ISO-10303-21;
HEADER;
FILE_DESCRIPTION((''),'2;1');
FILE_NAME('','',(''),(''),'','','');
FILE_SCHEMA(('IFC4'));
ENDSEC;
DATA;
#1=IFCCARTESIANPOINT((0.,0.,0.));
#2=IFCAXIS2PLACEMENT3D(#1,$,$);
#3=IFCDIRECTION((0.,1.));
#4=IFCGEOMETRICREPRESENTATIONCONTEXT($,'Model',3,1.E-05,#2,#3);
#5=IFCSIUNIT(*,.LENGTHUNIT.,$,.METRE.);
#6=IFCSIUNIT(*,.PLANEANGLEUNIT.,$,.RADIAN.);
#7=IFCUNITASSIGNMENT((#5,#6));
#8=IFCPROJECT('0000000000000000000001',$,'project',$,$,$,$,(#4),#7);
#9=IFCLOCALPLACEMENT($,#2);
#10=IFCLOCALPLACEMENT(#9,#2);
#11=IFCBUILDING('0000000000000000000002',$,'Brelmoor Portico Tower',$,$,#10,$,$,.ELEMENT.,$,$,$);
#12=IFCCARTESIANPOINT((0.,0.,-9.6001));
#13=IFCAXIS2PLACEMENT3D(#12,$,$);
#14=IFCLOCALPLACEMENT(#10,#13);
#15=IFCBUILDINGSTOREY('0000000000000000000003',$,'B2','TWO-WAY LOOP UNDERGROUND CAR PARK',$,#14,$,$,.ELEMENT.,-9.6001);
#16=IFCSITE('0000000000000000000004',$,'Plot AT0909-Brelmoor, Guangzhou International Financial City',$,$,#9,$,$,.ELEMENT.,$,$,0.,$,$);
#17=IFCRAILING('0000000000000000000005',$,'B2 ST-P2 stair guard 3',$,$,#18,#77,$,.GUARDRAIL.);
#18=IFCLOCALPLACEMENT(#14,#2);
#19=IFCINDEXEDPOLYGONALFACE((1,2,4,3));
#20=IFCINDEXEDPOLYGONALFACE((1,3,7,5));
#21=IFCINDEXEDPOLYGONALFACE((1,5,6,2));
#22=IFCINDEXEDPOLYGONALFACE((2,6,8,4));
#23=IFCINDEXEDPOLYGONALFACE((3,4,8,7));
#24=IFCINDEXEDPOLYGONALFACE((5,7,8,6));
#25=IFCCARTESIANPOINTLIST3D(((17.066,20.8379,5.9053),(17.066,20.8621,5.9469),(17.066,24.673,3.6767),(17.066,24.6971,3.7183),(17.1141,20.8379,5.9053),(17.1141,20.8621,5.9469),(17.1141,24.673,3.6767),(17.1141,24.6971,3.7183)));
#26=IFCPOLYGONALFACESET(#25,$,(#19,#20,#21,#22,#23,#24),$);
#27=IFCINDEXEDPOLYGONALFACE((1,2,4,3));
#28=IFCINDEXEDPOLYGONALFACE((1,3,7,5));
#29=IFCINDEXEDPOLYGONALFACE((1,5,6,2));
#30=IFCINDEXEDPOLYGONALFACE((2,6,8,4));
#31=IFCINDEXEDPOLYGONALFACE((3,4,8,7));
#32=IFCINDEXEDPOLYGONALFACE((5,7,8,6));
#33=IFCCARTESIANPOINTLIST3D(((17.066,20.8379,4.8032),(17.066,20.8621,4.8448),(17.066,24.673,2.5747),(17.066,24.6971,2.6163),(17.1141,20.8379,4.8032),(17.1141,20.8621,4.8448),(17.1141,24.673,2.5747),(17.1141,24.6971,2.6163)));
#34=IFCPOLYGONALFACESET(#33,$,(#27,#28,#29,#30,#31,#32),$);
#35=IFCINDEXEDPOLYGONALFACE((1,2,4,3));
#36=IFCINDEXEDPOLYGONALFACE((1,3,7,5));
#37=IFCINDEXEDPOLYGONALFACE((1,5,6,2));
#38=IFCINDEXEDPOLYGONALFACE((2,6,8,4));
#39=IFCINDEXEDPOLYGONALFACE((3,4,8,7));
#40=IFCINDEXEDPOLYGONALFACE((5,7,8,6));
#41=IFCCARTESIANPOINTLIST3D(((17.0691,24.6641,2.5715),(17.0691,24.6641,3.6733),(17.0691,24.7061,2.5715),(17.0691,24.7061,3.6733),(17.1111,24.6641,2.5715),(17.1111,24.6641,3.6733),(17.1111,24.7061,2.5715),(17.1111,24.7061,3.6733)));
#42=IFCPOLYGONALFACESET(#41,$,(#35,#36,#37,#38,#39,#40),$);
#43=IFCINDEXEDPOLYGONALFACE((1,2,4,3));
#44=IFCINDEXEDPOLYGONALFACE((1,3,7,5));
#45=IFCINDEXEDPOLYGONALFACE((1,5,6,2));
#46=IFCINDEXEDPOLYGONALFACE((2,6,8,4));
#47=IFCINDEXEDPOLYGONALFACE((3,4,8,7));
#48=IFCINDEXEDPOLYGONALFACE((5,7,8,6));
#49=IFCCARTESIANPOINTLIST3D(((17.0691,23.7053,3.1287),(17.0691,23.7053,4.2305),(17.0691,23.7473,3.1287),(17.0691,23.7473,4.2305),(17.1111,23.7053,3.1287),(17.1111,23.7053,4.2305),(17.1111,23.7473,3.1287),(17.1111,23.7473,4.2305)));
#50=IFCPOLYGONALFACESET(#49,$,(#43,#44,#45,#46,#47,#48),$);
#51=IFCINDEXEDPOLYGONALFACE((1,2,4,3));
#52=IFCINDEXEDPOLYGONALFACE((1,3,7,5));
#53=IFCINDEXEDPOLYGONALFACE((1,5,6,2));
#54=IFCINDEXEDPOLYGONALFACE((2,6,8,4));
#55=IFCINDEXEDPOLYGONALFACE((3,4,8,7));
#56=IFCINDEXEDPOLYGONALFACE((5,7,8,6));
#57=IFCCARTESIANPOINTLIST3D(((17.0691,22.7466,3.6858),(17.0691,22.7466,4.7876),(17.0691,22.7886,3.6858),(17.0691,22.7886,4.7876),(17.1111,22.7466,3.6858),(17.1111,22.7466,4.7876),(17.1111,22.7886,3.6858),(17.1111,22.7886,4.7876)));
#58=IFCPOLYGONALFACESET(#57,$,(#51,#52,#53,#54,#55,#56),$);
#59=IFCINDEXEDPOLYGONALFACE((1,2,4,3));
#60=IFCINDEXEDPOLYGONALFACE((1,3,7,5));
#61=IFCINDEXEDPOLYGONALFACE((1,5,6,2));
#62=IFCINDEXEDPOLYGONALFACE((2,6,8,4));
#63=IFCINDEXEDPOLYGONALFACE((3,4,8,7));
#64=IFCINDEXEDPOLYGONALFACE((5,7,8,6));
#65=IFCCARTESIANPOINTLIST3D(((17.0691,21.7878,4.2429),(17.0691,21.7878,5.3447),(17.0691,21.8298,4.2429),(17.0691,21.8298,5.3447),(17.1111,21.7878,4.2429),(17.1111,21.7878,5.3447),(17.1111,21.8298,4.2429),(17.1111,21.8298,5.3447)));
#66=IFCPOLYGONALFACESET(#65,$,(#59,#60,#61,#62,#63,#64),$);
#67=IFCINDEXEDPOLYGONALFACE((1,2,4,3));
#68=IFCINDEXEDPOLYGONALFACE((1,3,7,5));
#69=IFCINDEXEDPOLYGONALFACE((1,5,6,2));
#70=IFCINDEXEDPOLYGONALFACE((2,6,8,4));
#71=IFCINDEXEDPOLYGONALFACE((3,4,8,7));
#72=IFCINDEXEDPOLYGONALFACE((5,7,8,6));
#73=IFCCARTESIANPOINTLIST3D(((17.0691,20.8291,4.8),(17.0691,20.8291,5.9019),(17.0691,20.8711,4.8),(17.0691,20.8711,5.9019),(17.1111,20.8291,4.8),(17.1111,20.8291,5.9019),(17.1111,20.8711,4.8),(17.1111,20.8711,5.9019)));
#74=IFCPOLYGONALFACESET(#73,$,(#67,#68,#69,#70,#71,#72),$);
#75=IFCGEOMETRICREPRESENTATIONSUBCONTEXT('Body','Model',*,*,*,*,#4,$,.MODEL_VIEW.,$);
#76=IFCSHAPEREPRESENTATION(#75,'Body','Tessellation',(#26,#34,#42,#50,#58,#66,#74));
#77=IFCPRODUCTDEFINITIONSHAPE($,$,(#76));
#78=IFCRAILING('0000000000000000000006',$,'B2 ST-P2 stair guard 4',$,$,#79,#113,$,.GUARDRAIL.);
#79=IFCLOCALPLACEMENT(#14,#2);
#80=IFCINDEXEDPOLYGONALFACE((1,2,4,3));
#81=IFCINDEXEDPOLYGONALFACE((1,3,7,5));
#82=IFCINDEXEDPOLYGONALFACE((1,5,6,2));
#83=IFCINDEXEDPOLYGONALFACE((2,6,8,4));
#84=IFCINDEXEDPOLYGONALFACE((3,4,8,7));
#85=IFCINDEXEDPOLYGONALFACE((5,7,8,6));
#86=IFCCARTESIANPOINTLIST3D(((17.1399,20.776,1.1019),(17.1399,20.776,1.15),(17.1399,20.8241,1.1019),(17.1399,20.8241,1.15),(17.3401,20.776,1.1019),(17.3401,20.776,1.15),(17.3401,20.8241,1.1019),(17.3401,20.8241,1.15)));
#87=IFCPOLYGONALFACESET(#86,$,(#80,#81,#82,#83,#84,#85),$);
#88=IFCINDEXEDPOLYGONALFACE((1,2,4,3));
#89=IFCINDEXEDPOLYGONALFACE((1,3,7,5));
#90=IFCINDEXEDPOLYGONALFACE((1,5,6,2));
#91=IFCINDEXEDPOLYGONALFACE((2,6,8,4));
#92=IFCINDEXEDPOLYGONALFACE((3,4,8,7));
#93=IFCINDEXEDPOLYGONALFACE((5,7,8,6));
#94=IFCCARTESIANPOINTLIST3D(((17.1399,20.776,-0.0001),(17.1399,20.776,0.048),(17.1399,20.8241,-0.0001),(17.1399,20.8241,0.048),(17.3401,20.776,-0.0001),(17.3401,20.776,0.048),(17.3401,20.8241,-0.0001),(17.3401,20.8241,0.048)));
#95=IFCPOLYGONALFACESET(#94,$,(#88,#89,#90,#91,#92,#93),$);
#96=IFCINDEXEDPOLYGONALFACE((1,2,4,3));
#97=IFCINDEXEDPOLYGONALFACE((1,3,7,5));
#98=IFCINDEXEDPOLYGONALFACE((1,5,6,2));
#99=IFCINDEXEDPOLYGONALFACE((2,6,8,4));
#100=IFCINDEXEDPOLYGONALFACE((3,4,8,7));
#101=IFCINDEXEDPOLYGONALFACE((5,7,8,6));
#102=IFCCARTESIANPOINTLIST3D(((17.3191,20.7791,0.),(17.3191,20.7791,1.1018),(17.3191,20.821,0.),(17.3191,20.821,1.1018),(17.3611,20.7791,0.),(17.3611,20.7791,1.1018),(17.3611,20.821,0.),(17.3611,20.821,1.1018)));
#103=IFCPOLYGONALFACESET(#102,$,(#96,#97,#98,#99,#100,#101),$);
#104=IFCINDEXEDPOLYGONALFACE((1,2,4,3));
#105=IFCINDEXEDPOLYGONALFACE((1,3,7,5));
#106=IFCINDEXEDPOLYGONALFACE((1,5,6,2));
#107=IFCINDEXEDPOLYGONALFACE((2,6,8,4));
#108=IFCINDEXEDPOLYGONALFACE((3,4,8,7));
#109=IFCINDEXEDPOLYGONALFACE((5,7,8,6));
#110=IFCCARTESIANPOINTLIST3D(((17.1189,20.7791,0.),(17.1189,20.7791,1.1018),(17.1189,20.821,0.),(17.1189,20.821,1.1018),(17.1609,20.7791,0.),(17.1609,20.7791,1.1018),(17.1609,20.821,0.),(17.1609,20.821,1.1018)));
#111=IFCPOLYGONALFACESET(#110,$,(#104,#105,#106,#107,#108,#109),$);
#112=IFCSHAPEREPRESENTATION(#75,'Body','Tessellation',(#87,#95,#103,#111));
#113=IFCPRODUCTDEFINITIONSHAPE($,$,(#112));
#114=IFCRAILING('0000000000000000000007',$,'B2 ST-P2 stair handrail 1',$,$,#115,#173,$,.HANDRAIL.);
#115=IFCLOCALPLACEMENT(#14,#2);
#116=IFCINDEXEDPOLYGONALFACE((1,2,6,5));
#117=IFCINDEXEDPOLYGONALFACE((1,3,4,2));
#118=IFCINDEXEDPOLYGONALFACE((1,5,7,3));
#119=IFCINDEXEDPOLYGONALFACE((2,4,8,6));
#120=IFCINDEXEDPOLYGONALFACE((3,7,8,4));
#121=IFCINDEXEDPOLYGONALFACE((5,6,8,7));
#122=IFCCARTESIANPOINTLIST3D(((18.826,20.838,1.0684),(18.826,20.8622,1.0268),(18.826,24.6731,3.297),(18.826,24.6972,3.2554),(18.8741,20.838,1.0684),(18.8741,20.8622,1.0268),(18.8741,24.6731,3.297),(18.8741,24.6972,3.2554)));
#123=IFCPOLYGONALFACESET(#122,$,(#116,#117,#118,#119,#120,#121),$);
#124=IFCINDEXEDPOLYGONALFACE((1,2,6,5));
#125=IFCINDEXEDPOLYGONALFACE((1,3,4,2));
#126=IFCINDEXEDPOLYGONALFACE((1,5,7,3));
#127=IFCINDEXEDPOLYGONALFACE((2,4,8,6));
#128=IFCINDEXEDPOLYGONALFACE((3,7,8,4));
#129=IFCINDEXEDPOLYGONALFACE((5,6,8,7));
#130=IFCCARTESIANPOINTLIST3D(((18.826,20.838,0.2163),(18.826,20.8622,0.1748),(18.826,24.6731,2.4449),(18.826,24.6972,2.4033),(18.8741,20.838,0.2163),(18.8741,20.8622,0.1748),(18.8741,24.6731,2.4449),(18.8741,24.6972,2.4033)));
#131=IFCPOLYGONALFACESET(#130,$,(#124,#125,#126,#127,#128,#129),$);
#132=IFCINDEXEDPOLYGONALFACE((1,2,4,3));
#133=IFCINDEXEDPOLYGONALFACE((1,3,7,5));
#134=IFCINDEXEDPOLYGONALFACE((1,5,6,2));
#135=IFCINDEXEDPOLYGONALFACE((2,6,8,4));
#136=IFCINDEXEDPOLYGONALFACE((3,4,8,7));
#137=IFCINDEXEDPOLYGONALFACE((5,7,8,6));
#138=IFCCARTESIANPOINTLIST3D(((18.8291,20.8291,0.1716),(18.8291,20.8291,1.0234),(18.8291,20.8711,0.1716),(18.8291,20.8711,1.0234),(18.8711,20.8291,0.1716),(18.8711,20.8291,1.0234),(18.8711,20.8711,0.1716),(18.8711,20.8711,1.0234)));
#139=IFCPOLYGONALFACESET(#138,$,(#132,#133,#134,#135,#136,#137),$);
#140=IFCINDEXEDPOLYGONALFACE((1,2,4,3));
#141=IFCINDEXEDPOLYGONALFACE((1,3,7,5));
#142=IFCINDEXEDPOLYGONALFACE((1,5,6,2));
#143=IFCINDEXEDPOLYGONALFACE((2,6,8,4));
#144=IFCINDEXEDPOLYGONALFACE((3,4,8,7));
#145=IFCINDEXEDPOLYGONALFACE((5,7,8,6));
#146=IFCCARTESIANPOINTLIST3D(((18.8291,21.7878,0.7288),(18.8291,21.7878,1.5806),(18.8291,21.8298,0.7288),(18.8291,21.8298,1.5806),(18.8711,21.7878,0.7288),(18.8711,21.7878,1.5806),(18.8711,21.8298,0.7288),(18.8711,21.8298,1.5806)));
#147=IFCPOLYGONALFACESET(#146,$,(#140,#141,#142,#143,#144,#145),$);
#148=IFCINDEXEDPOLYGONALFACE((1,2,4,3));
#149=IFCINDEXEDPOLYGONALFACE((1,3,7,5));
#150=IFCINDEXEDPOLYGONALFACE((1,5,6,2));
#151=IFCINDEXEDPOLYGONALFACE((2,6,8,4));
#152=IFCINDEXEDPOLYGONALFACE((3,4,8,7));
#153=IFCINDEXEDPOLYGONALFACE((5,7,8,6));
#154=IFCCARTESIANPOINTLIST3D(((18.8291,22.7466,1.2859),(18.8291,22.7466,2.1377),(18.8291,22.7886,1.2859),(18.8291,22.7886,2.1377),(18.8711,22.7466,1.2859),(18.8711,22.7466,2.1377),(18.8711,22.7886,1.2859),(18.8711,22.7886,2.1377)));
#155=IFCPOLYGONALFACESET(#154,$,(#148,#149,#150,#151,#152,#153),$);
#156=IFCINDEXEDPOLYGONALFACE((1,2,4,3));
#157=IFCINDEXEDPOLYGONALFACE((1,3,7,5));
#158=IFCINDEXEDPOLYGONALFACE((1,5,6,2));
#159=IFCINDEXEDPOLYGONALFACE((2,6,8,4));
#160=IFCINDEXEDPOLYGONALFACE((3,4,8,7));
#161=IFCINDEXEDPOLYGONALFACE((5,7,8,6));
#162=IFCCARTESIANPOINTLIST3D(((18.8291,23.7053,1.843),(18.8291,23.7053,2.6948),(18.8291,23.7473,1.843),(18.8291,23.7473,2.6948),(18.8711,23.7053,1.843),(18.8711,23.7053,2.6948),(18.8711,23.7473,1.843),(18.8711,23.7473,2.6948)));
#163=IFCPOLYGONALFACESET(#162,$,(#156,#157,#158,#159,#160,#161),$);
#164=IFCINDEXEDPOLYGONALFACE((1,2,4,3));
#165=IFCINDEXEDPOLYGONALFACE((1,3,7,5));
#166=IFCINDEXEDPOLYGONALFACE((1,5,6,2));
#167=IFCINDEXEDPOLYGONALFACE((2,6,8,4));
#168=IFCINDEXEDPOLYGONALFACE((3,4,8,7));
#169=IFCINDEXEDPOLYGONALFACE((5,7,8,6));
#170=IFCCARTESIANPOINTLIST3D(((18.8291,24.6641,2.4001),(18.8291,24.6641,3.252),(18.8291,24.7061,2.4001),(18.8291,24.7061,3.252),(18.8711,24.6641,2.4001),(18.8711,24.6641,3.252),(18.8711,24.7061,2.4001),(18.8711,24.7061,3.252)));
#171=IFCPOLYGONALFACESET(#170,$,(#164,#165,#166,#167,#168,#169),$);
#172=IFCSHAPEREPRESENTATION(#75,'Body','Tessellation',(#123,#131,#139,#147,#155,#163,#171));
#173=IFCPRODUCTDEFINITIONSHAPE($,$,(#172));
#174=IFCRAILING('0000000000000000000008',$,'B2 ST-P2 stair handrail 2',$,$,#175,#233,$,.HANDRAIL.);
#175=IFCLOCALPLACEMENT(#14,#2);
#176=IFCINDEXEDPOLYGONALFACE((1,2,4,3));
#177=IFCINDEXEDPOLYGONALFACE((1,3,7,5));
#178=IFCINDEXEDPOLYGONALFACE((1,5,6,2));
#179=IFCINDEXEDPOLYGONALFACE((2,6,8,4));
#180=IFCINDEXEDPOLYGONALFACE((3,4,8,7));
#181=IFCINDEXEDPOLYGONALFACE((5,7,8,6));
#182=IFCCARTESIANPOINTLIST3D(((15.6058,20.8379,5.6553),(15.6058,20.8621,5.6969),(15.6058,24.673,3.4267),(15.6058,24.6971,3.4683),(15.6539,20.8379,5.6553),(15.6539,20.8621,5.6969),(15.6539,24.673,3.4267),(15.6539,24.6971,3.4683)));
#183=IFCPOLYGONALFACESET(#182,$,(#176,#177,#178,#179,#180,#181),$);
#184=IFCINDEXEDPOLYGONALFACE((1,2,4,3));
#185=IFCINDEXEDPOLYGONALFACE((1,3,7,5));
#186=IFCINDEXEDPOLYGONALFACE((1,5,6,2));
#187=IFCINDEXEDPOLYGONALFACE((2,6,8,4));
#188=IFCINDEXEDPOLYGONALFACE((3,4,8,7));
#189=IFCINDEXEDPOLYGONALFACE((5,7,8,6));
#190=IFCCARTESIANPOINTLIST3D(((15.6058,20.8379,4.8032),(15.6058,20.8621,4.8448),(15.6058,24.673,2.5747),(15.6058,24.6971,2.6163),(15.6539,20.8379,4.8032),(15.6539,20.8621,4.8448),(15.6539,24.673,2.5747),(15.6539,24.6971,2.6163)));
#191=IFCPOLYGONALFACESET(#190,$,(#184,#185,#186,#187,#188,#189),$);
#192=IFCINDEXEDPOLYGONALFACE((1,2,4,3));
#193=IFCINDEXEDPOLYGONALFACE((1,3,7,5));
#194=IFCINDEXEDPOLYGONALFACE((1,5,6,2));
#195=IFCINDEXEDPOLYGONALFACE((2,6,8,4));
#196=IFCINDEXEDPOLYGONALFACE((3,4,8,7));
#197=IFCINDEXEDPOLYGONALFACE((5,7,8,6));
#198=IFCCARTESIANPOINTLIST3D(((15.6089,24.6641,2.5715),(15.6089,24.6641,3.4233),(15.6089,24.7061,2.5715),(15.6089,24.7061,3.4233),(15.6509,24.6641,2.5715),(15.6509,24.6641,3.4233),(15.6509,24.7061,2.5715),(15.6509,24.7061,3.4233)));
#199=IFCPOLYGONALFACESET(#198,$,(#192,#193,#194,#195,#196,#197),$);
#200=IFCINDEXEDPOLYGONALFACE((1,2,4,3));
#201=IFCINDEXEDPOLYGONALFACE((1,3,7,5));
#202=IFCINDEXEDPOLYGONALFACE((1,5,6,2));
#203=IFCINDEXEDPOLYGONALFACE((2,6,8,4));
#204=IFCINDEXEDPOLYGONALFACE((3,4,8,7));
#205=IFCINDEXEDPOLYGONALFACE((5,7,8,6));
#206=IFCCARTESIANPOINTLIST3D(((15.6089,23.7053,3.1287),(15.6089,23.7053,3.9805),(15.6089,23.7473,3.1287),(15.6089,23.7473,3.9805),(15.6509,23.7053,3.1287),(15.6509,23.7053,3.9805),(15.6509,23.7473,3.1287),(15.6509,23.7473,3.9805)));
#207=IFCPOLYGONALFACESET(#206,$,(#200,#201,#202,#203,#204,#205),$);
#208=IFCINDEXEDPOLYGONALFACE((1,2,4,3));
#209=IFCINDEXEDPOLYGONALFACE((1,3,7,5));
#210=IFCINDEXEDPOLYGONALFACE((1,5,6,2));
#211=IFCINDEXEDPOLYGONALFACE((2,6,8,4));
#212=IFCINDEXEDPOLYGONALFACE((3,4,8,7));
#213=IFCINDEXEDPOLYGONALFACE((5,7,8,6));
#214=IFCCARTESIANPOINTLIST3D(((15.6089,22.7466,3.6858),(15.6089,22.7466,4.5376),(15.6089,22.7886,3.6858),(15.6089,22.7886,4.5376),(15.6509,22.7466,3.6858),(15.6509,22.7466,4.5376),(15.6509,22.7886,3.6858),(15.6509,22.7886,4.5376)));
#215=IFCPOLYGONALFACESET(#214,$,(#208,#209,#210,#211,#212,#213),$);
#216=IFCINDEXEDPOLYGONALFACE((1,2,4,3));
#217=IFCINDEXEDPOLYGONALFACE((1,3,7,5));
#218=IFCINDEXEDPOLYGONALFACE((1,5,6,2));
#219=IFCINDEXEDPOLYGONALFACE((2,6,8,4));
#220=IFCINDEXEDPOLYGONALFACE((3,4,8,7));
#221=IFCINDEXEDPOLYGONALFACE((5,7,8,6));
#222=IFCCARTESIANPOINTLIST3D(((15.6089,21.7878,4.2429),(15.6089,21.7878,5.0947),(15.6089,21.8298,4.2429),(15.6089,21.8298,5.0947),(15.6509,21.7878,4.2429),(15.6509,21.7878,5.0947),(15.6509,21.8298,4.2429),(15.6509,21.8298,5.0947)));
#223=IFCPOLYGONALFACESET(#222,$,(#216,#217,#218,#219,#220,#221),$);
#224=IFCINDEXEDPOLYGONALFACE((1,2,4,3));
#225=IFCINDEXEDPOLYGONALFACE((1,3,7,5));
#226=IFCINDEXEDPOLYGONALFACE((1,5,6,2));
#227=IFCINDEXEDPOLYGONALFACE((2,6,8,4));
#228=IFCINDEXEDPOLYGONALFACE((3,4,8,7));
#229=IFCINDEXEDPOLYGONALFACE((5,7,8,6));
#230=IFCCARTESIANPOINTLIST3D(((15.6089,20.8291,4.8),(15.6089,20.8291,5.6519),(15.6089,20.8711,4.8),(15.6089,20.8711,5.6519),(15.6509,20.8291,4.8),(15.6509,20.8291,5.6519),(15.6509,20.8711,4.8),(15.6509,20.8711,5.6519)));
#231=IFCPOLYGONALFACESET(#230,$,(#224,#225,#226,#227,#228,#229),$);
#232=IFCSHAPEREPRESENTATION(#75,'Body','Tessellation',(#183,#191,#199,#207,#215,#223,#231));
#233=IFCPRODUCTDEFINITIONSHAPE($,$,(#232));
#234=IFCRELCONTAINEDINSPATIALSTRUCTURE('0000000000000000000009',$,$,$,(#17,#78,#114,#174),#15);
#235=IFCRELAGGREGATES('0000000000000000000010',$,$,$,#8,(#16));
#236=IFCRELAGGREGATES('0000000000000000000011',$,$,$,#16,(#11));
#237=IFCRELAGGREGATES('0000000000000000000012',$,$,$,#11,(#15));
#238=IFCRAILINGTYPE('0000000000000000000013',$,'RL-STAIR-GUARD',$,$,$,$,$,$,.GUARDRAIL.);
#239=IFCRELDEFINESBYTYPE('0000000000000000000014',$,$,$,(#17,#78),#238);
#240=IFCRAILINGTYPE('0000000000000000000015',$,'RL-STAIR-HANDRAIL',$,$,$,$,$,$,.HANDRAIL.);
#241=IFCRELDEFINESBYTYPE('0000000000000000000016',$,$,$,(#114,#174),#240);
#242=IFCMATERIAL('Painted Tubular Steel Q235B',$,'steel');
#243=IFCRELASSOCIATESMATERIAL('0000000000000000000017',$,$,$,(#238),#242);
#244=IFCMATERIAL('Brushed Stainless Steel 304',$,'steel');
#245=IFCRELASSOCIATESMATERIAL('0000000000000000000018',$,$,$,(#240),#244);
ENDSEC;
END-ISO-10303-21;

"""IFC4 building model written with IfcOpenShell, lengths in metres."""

from ifc_helpers import new_model, si_unit, direction, frame, origin, origin_2d, place, context, subcontext, project, spatial, rectangle, extrude, material, type_object, element, save


model = new_model("IFC4")

# Units and contexts
model_context = context("Model", 3, precision=1e-05, world=origin(), true_north=direction((0.0, 1.0)))
body_context = subcontext(model_context, "Body", "Model", "MODEL_VIEW")
ifc_project = project(units=[si_unit("LENGTHUNIT", "METRE"), si_unit("PLANEANGLEUNIT", "RADIAN")], contexts=[model_context])

# Site, building, storey
site_placement = place(None, origin())
site = spatial("IfcSite", under=ifc_project, at=site_placement, Name="Plot AT0909-Brelmoor, Guangzhou International Financial City", CompositionType="ELEMENT", RefElevation=0.0)
building_placement = place(site_placement, origin())
building = spatial("IfcBuilding", under=site, at=building_placement, Name="Brelmoor Portico Tower", CompositionType="ELEMENT")
storey_placement = place(building_placement, frame((0.0, 0.0, -9.6001)))
storey = spatial("IfcBuildingStorey", under=building, at=storey_placement, Name="B2", Description="TWO-WAY LOOP UNDERGROUND CAR PARK", CompositionType="ELEMENT", Elevation=-9.6001)

# Railings
ifc_material_1 = material(Name="Painted Tubular Steel Q235B", Category="steel")
railing_type_1 = type_object("IfcRailingType", Name="RL-STAIR-GUARD", PredefinedType="GUARDRAIL", material=ifc_material_1)
railing_1_placement = place(storey_placement, frame((17.0901, 24.6851, 2.5715)))
element("IfcRailing", 1, at=railing_1_placement, inside=storey, type_object=railing_type_1, Name="B2 ST-P2 stair guard 3", PredefinedType="GUARDRAIL", context=body_context, shape_type="SweptSolid", body=[
    extrude(rectangle(XDim=0.0481, YDim=0.0481, at=origin_2d()), frame((0.0, 0.0, 1.126), z_axis=(0.0, -0.864616, 0.502433), x_axis=(1.0, 0.0, 0.0)), (0.0, 0.0, 1.0), 4.4355),
    extrude(rectangle(XDim=0.0481, YDim=0.0481, at=origin_2d()), frame((0.0, 0.0, 0.0239), z_axis=(0.0, -0.864616, 0.502433), x_axis=(1.0, 0.0, 0.0)), (0.0, 0.0, 1.0), 4.4355),
    extrude(rectangle(XDim=0.042, YDim=0.042, at=origin_2d()), origin(), (0.0, 0.0, 1.0), 1.1018),
    extrude(rectangle(XDim=0.042, YDim=0.042, at=origin_2d()), frame((0.0, -0.9587, 0.5571)), (0.0, 0.0, 1.0), 1.1018),
    extrude(rectangle(XDim=0.042, YDim=0.042, at=origin_2d()), frame((0.0, -1.9175, 1.1143)), (0.0, 0.0, 1.0), 1.1018),
    extrude(rectangle(XDim=0.042, YDim=0.042, at=origin_2d()), frame((0.0, -2.8762, 1.6714)), (0.0, 0.0, 1.0), 1.1018),
    extrude(rectangle(XDim=0.042, YDim=0.042, at=origin_2d()), frame((0.0, -3.835, 2.2285)), (0.0, 0.0, 1.0), 1.1018),
])
railing_2_placement = place(storey_placement, frame((17.3401, 20.8, 0.0)))
element("IfcRailing", 2, at=railing_2_placement, inside=storey, type_object=railing_type_1, Name="B2 ST-P2 stair guard 4", PredefinedType="GUARDRAIL", context=body_context, shape_type="SweptSolid", body=[
    extrude(rectangle(XDim=0.0481, YDim=0.0481, at=origin_2d()), frame((0.0, 0.0, 1.126), z_axis=(-1.0, 0.0, 0.0), x_axis=(0.0, -1.0, 0.0)), (0.0, 0.0, 1.0), 0.2002),
    extrude(rectangle(XDim=0.0481, YDim=0.0481, at=origin_2d()), frame((0.0, 0.0, 0.0239), z_axis=(-1.0, 0.0, 0.0), x_axis=(0.0, -1.0, 0.0)), (0.0, 0.0, 1.0), 0.2002),
    extrude(rectangle(XDim=0.042, YDim=0.042, at=origin_2d()), origin(), (0.0, 0.0, 1.0), 1.1018),
    extrude(rectangle(XDim=0.042, YDim=0.042, at=origin_2d()), frame((-0.2002, 0.0, 0.0)), (0.0, 0.0, 1.0), 1.1018),
])
ifc_material_2 = material(Name="Brushed Stainless Steel 304", Category="steel")
railing_type_2 = type_object("IfcRailingType", Name="RL-STAIR-HANDRAIL", PredefinedType="HANDRAIL", material=ifc_material_2)
railing_3_placement = place(storey_placement, frame((18.8501, 20.8501, 0.1716)))
element("IfcRailing", 3, at=railing_3_placement, inside=storey, type_object=railing_type_2, Name="B2 ST-P2 stair handrail 1", PredefinedType="HANDRAIL", context=body_context, shape_type="SweptSolid", body=[
    extrude(rectangle(XDim=0.0481, YDim=0.0481, at=origin_2d()), frame((0.0, 0.0, 0.876), z_axis=(0.0, 0.864616, 0.502433), x_axis=(-1.0, 0.0, 0.0)), (0.0, 0.0, 1.0), 4.4355),
    extrude(rectangle(XDim=0.0481, YDim=0.0481, at=origin_2d()), frame((0.0, 0.0, 0.0239), z_axis=(0.0, 0.864616, 0.502433), x_axis=(-1.0, 0.0, 0.0)), (0.0, 0.0, 1.0), 4.4355),
    extrude(rectangle(XDim=0.042, YDim=0.042, at=origin_2d()), origin(), (0.0, 0.0, 1.0), 0.8518),
    extrude(rectangle(XDim=0.042, YDim=0.042, at=origin_2d()), frame((0.0, 0.9587, 0.5571)), (0.0, 0.0, 1.0), 0.8518),
    extrude(rectangle(XDim=0.042, YDim=0.042, at=origin_2d()), frame((0.0, 1.9175, 1.1143)), (0.0, 0.0, 1.0), 0.8518),
    extrude(rectangle(XDim=0.042, YDim=0.042, at=origin_2d()), frame((0.0, 2.8762, 1.6714)), (0.0, 0.0, 1.0), 0.8518),
    extrude(rectangle(XDim=0.042, YDim=0.042, at=origin_2d()), frame((0.0, 3.835, 2.2285)), (0.0, 0.0, 1.0), 0.8518),
])
railing_4_placement = place(storey_placement, frame((15.6299, 24.6851, 2.5715)))
element("IfcRailing", 4, at=railing_4_placement, inside=storey, type_object=railing_type_2, Name="B2 ST-P2 stair handrail 2", PredefinedType="HANDRAIL", context=body_context, shape_type="SweptSolid", body=[
    extrude(rectangle(XDim=0.0481, YDim=0.0481, at=origin_2d()), frame((0.0, 0.0, 0.876), z_axis=(0.0, -0.864616, 0.502433), x_axis=(1.0, 0.0, 0.0)), (0.0, 0.0, 1.0), 4.4355),
    extrude(rectangle(XDim=0.0481, YDim=0.0481, at=origin_2d()), frame((0.0, 0.0, 0.0239), z_axis=(0.0, -0.864616, 0.502433), x_axis=(1.0, 0.0, 0.0)), (0.0, 0.0, 1.0), 4.4355),
    extrude(rectangle(XDim=0.042, YDim=0.042, at=origin_2d()), origin(), (0.0, 0.0, 1.0), 0.8518),
    extrude(rectangle(XDim=0.042, YDim=0.042, at=origin_2d()), frame((0.0, -0.9587, 0.5571)), (0.0, 0.0, 1.0), 0.8518),
    extrude(rectangle(XDim=0.042, YDim=0.042, at=origin_2d()), frame((0.0, -1.9175, 1.1143)), (0.0, 0.0, 1.0), 0.8518),
    extrude(rectangle(XDim=0.042, YDim=0.042, at=origin_2d()), frame((0.0, -2.8762, 1.6714)), (0.0, 0.0, 1.0), 0.8518),
    extrude(rectangle(XDim=0.042, YDim=0.042, at=origin_2d()), frame((0.0, -3.835, 2.2285)), (0.0, 0.0, 1.0), 0.8518),
])

save(model, "model.ifc")
